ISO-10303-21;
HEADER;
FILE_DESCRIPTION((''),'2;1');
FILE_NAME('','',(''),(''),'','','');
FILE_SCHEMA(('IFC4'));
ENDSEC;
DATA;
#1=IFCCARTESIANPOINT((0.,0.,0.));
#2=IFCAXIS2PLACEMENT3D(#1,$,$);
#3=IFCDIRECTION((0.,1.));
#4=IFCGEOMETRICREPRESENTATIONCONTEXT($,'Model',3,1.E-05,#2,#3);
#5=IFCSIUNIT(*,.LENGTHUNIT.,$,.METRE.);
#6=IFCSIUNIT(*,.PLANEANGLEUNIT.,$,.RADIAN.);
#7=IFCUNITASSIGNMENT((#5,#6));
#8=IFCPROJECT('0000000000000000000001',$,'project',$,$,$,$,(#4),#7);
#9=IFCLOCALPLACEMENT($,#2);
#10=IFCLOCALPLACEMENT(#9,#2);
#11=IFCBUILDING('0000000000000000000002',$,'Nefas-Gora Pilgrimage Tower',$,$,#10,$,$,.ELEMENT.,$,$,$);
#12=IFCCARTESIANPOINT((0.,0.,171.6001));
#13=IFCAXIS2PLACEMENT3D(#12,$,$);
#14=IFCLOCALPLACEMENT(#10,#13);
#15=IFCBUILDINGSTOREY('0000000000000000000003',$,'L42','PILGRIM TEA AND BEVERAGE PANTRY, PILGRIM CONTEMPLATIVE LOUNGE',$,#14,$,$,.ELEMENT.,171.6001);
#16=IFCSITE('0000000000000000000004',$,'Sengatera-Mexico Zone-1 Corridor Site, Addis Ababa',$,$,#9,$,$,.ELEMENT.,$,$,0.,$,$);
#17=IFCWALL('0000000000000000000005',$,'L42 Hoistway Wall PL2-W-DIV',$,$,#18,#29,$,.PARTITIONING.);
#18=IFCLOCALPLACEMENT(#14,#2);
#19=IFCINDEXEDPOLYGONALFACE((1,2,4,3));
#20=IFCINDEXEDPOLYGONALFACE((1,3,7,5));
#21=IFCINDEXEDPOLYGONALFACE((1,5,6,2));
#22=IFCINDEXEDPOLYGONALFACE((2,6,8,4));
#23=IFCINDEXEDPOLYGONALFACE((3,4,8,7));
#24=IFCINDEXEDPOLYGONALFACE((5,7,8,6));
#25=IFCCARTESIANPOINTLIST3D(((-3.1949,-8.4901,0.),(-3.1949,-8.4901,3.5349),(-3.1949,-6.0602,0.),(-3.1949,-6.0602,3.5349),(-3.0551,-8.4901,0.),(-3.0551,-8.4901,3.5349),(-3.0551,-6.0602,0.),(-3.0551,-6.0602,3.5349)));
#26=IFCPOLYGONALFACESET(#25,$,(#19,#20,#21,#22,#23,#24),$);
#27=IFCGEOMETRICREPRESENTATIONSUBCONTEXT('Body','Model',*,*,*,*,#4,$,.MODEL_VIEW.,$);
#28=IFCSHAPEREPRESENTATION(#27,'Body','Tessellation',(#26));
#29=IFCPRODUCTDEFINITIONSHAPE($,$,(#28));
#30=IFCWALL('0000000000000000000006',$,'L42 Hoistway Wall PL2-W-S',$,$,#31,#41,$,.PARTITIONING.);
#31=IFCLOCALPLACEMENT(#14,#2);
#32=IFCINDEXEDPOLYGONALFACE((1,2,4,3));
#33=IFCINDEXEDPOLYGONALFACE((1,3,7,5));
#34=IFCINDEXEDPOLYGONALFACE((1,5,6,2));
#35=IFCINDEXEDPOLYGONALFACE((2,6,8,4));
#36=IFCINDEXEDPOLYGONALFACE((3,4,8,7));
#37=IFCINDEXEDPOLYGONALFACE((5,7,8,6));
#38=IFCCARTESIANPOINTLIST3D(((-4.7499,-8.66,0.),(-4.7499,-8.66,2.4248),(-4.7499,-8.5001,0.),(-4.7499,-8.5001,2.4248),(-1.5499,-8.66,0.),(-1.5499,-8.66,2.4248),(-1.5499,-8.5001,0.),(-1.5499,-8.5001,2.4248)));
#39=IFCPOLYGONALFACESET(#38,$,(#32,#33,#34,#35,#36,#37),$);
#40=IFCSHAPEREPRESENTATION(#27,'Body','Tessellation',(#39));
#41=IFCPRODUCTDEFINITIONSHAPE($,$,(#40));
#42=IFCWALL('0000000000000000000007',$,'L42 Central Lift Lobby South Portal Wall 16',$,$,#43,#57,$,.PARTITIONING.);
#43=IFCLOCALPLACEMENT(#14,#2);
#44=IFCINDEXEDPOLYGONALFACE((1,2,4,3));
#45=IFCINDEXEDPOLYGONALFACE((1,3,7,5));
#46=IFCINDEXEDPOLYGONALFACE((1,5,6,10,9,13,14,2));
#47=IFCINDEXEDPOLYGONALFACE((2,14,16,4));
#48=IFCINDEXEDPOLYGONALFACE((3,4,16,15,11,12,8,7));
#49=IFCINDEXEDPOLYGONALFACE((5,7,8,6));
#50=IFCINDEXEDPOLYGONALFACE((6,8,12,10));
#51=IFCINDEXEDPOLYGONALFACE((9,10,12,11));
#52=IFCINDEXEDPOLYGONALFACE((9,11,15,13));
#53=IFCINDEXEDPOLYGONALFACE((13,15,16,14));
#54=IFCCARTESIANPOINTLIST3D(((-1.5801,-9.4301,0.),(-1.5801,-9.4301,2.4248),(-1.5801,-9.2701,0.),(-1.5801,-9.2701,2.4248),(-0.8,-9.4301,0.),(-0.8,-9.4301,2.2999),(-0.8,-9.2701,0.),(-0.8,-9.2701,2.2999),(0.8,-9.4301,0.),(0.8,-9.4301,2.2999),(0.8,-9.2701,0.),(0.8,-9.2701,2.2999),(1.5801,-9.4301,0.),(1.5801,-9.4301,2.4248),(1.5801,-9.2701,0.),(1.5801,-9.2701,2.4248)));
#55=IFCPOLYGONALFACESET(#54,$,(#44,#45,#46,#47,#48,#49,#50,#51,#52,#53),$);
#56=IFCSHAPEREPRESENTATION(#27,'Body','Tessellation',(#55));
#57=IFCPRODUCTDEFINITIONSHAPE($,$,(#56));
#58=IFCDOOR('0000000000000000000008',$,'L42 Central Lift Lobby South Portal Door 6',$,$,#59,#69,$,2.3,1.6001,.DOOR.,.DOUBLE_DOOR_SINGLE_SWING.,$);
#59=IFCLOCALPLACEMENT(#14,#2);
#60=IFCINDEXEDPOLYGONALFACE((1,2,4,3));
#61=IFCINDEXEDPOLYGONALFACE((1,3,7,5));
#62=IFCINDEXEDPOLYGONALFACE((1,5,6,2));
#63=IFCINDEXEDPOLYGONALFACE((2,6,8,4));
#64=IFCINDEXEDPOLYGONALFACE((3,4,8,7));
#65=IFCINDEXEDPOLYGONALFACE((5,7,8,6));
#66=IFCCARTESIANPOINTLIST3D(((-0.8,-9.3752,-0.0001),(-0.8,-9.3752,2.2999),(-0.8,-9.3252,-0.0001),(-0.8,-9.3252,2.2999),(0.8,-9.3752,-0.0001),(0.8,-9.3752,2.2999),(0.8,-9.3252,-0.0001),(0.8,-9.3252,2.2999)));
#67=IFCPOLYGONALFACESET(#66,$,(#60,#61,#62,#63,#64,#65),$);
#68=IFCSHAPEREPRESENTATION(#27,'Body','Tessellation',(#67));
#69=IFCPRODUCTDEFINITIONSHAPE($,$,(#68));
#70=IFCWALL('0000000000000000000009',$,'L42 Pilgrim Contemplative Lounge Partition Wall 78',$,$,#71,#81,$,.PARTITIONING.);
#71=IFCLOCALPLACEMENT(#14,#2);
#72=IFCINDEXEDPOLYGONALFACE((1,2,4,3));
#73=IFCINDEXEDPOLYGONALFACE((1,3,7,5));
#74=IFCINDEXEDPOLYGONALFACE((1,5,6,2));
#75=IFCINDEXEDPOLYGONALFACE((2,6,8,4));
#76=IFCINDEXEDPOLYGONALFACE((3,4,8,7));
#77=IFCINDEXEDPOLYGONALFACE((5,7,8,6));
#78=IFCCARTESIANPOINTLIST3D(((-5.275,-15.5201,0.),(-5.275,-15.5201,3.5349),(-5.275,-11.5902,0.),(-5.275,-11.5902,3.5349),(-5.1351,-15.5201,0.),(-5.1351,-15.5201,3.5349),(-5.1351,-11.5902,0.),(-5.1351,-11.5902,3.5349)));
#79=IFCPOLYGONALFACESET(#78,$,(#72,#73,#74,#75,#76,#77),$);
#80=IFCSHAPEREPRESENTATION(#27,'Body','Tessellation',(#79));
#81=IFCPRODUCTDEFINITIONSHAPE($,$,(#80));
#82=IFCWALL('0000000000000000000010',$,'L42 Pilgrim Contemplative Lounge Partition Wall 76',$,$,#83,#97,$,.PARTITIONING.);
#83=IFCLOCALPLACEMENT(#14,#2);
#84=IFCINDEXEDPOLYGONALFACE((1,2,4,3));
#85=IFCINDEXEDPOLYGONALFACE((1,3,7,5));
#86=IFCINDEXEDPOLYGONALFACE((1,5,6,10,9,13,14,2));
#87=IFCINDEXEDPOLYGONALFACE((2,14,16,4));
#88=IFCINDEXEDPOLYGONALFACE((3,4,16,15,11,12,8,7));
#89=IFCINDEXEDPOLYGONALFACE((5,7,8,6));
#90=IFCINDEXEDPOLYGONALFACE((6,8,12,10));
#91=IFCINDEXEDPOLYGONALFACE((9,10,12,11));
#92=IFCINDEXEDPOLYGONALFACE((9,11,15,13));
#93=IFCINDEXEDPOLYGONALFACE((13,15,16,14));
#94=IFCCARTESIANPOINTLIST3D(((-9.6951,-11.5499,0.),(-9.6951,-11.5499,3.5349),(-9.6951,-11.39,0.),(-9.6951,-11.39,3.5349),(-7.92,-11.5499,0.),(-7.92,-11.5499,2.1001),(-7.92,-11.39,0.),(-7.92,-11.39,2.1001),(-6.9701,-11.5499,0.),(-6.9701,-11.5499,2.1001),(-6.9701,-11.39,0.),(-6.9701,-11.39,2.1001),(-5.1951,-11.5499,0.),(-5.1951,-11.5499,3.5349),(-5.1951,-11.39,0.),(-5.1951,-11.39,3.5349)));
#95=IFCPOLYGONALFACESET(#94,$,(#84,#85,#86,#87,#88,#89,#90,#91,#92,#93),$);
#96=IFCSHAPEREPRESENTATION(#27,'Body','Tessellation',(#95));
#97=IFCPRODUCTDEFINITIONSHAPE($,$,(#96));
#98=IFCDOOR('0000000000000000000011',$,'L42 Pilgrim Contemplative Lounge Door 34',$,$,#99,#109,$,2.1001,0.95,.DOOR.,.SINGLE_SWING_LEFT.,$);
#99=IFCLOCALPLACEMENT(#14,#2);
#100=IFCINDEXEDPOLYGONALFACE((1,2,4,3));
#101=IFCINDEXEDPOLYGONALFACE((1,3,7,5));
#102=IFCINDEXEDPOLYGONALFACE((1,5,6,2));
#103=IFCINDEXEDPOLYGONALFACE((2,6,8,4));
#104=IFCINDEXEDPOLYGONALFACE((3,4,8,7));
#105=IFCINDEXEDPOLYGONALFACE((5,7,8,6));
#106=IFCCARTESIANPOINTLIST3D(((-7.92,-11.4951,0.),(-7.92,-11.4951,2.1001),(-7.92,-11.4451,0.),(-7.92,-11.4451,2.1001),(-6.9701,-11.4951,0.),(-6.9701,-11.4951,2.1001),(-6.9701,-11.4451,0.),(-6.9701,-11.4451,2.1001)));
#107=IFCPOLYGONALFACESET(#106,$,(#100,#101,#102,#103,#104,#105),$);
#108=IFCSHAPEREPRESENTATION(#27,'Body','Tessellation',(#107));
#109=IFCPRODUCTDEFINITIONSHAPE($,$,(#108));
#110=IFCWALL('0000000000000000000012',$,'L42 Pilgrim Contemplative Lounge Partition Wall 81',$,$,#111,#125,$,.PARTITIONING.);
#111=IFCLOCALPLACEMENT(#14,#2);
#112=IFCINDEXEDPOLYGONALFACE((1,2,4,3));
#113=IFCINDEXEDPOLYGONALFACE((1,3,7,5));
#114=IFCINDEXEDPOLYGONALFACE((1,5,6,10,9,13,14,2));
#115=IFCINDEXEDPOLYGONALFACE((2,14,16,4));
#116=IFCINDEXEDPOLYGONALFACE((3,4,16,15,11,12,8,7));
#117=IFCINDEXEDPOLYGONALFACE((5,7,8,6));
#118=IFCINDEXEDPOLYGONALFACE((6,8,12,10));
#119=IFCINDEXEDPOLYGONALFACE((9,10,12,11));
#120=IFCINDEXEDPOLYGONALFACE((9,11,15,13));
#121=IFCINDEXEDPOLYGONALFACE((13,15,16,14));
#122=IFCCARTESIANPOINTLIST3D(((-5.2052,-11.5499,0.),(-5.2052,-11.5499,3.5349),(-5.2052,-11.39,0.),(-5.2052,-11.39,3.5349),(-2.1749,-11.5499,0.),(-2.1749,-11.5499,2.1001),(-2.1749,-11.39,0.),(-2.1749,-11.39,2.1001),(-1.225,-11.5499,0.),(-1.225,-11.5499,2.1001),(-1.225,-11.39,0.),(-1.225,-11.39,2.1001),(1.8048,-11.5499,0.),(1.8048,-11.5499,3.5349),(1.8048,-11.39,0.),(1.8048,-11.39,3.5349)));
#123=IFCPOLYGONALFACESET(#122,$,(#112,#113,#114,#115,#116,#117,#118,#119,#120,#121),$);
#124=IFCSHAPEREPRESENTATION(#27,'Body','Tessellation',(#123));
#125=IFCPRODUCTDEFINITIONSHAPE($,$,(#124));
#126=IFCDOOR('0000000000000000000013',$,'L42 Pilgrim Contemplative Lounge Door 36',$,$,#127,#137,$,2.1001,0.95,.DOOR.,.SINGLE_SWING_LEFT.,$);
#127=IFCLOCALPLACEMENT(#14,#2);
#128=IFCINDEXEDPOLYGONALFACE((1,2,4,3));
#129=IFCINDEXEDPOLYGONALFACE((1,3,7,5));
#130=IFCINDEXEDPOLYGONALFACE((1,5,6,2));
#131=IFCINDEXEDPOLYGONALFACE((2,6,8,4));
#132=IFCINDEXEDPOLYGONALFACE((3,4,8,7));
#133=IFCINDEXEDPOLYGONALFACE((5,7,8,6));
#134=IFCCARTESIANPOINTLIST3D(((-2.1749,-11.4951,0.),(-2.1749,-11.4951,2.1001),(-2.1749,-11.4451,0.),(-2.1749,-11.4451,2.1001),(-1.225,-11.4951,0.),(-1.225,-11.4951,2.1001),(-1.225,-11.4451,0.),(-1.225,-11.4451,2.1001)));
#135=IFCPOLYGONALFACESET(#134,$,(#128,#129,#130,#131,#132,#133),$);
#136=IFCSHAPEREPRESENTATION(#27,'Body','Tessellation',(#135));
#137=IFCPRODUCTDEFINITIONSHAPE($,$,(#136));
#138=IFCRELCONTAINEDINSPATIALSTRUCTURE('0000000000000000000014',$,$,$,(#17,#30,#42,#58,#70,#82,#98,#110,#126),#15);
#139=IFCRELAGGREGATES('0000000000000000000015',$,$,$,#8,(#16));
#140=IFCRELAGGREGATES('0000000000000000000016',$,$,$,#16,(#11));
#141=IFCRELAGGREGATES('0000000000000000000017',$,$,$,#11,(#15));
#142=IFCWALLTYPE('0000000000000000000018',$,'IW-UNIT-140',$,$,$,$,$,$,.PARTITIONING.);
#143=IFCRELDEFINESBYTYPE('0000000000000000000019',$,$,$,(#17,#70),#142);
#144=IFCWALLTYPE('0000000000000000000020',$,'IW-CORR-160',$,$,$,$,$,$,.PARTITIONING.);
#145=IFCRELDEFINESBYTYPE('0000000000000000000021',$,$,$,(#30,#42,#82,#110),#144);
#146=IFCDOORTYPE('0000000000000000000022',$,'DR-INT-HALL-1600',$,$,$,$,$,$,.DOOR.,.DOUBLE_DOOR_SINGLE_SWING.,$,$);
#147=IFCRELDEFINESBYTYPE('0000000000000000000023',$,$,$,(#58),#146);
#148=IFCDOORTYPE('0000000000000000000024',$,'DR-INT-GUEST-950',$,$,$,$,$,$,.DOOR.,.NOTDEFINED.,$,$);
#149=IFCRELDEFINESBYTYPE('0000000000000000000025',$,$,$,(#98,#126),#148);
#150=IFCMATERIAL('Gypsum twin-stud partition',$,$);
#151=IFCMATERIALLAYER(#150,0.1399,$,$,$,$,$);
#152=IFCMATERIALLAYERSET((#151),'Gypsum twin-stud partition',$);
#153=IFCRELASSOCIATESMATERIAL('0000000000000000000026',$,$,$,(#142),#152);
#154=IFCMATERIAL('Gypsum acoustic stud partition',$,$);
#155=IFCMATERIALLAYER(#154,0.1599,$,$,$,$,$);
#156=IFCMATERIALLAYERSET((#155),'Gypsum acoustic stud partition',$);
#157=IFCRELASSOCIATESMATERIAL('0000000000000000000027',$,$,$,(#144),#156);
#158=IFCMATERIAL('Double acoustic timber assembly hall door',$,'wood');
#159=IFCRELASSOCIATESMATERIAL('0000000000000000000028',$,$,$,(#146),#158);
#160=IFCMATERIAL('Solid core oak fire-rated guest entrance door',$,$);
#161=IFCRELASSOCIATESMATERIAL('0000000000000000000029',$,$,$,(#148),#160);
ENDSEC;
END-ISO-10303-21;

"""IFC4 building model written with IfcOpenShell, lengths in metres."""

from ifc_helpers import new_model, si_unit, direction, frame, frame_2d, origin, place, context, subcontext, project, spatial, rectangle, extrude, source, transform, mapped, material, layer, layer_set, type_object, element, fill, save


model = new_model("IFC4")

# Units and contexts
model_context = context("Model", 3, precision=1e-05, world=origin(), true_north=direction((0.0, 1.0)))
body_context = subcontext(model_context, "Body", "Model", "MODEL_VIEW")
ifc_project = project(units=[si_unit("LENGTHUNIT", "METRE"), si_unit("PLANEANGLEUNIT", "RADIAN")], contexts=[model_context])

# Site, building, storey
site_placement = place(None, origin())
site = spatial("IfcSite", under=ifc_project, at=site_placement, Name="Sengatera-Mexico Zone-1 Corridor Site, Addis Ababa", CompositionType="ELEMENT", RefElevation=0.0)
building_placement = place(site_placement, origin())
building = spatial("IfcBuilding", under=site, at=building_placement, Name="Nefas-Gora Pilgrimage Tower", CompositionType="ELEMENT")
storey_placement = place(building_placement, frame((0.0, 0.0, 171.6001)))
storey = spatial("IfcBuildingStorey", under=building, at=storey_placement, Name="L42", Description="PILGRIM TEA AND BEVERAGE PANTRY, PILGRIM CONTEMPLATIVE LOUNGE", CompositionType="ELEMENT", Elevation=171.6001)

# Walls
ifc_material_1 = material(Name="Gypsum twin-stud partition")
ifc_layer_1 = layer(ifc_material_1, 0.1399)
ifc_layer_set_1 = layer_set([ifc_layer_1], Name="Gypsum twin-stud partition")
wall_type_1 = type_object("IfcWallType", Name="IW-UNIT-140", PredefinedType="PARTITIONING", material=ifc_layer_set_1)
shared_shape_1 = source(origin(), body_context, "Body", "SweptSolid", [
    extrude(rectangle(XDim=2.4299, YDim=0.1399, at=frame_2d((1.2148, 0.0))), origin(), (0.0, 0.0, 1.0), 3.5349),
])
wall_1_placement = place(storey_placement, frame((-3.125, -8.49, 0.0), z_axis=(0.0, 0.0, 1.0), x_axis=(0.0, 1.0, 0.0)))
element("IfcWall", 1, at=wall_1_placement, inside=storey, type_object=wall_type_1, Name="L42 Hoistway Wall PL2-W-DIV", PredefinedType="PARTITIONING", context=body_context, shape_type="MappedRepresentation", body=[
    mapped(shared_shape_1, transform((0.0, 0.0, 0.0), x_axis=(1.0, 0.0, 0.0), y_axis=(0.0, 1.0, 0.0), z_axis=(0.0, 0.0, 1.0), scale=1.0)),
])
ifc_material_2 = material(Name="Gypsum acoustic stud partition")
ifc_layer_2 = layer(ifc_material_2, 0.1599)
ifc_layer_set_2 = layer_set([ifc_layer_2], Name="Gypsum acoustic stud partition")
wall_type_2 = type_object("IfcWallType", Name="IW-CORR-160", PredefinedType="PARTITIONING", material=ifc_layer_set_2)
shared_shape_2 = source(origin(), body_context, "Body", "SweptSolid", [
    extrude(rectangle(XDim=3.2, YDim=0.1599, at=frame_2d((1.6001, 0.0))), origin(), (0.0, 0.0, 1.0), 2.4248),
])
wall_2_placement = place(storey_placement, frame((-4.75, -8.5801, 0.0), z_axis=(0.0, 0.0, 1.0), x_axis=(1.0, 0.0, 0.0)))
element("IfcWall", 2, at=wall_2_placement, inside=storey, type_object=wall_type_2, Name="L42 Hoistway Wall PL2-W-S", PredefinedType="PARTITIONING", context=body_context, shape_type="MappedRepresentation", body=[
    mapped(shared_shape_2, transform((0.0, 0.0, 0.0), x_axis=(1.0, 0.0, 0.0), y_axis=(0.0, 1.0, 0.0), z_axis=(0.0, 0.0, 1.0), scale=1.0)),
])

# Wall, opening, door
shared_shape_3 = source(origin(), body_context, "Body", "SweptSolid", [
    extrude(rectangle(XDim=3.1602, YDim=0.1599, at=frame_2d((1.5801, 0.0))), origin(), (0.0, 0.0, 1.0), 2.4248),
])
wall_3_placement = place(storey_placement, frame((-1.5801, -9.3501, 0.0), z_axis=(0.0, 0.0, 1.0), x_axis=(1.0, 0.0, 0.0)))
wall_3 = element("IfcWall", 3, at=wall_3_placement, inside=storey, type_object=wall_type_2, Name="L42 Central Lift Lobby South Portal Wall 16", PredefinedType="PARTITIONING", context=body_context, shape_type="MappedRepresentation", body=[
    mapped(shared_shape_3, transform((0.0, 0.0, 0.0), x_axis=(1.0, 0.0, 0.0), y_axis=(0.0, 1.0, 0.0), z_axis=(0.0, 0.0, 1.0), scale=1.0)),
])
opening_1_placement = place(wall_3_placement, frame((0.78, 0.0, 0.0)))
opening_1 = element("IfcOpeningElement", 4, at=opening_1_placement, cuts=wall_3, PredefinedType="OPENING", context=body_context, shape_type="SweptSolid", body=[
    extrude(rectangle(XDim=1.6001, YDim=2.3, at=frame_2d((0.8, 1.1499))), frame((0.0, 0.0898, 0.0), z_axis=(0.0, -1.0, 0.0), x_axis=(1.0, 0.0, 0.0)), (0.0, 0.0, 1.0), 0.1799),
])
ifc_material_3 = material(Name="Double acoustic timber assembly hall door", Category="wood")
door_type_1 = type_object("IfcDoorType", Name="DR-INT-HALL-1600", OperationType="DOUBLE_DOOR_SINGLE_SWING", PredefinedType="DOOR", material=ifc_material_3)
shared_shape_4 = source(origin(), body_context, "Body", "SweptSolid", [
    extrude(rectangle(XDim=1.6001, YDim=2.3, at=frame_2d((0.8, 1.1499))), frame((0.0, 0.0249, 0.0), z_axis=(0.0, -1.0, 0.0), x_axis=(1.0, 0.0, 0.0)), (0.0, 0.0, 1.0), 0.05),
])
door_1_placement = place(opening_1_placement, origin())
door_1 = element("IfcDoor", 5, at=door_1_placement, inside=storey, type_object=door_type_1, Name="L42 Central Lift Lobby South Portal Door 6", OperationType="DOUBLE_DOOR_SINGLE_SWING", OverallHeight=2.3, OverallWidth=1.6001, PredefinedType="DOOR", context=body_context, shape_type="MappedRepresentation", body=[
    mapped(shared_shape_4, transform((0.0, 0.0, 0.0), x_axis=(1.0, 0.0, 0.0), y_axis=(0.0, 1.0, 0.0), z_axis=(0.0, 0.0, 1.0), scale=1.0)),
])
fill(opening_1, door_1)

# Wall
shared_shape_5 = source(origin(), body_context, "Body", "SweptSolid", [
    extrude(rectangle(XDim=3.9299, YDim=0.1399, at=frame_2d((1.9648, 0.0))), origin(), (0.0, 0.0, 1.0), 3.5349),
])
wall_4_placement = place(storey_placement, frame((-5.2051, -15.52, 0.0), z_axis=(0.0, 0.0, 1.0), x_axis=(0.0, 1.0, 0.0)))
element("IfcWall", 6, at=wall_4_placement, inside=storey, type_object=wall_type_1, Name="L42 Pilgrim Contemplative Lounge Partition Wall 78", PredefinedType="PARTITIONING", context=body_context, shape_type="MappedRepresentation", body=[
    mapped(shared_shape_5, transform((0.0, 0.0, 0.0), x_axis=(1.0, 0.0, 0.0), y_axis=(0.0, 1.0, 0.0), z_axis=(0.0, 0.0, 1.0), scale=1.0)),
])

# Walls, openings, doors
shared_shape_6 = source(origin(), body_context, "Body", "SweptSolid", [
    extrude(rectangle(XDim=4.5, YDim=0.1599, at=frame_2d((2.25, 0.0))), origin(), (0.0, 0.0, 1.0), 3.5349),
])
wall_5_placement = place(storey_placement, frame((-9.6951, -11.47, 0.0), z_axis=(0.0, 0.0, 1.0), x_axis=(1.0, 0.0, 0.0)))
wall_5 = element("IfcWall", 7, at=wall_5_placement, inside=storey, type_object=wall_type_2, Name="L42 Pilgrim Contemplative Lounge Partition Wall 76", PredefinedType="PARTITIONING", context=body_context, shape_type="MappedRepresentation", body=[
    mapped(shared_shape_6, transform((0.0, 0.0, 0.0), x_axis=(1.0, 0.0, 0.0), y_axis=(0.0, 1.0, 0.0), z_axis=(0.0, 0.0, 1.0), scale=1.0)),
])
opening_2_placement = place(wall_5_placement, frame((1.7749, 0.0, 0.0)))
opening_2 = element("IfcOpeningElement", 8, at=opening_2_placement, cuts=wall_5, PredefinedType="OPENING", context=body_context, shape_type="SweptSolid", body=[
    extrude(rectangle(XDim=0.95, YDim=2.1001, at=frame_2d((0.4751, 1.05))), frame((0.0, 0.0898, 0.0), z_axis=(0.0, -1.0, 0.0), x_axis=(1.0, 0.0, 0.0)), (0.0, 0.0, 1.0), 0.1799),
])
ifc_material_4 = material(Name="Solid core oak fire-rated guest entrance door")
door_type_2 = type_object("IfcDoorType", Name="DR-INT-GUEST-950", OperationType="NOTDEFINED", PredefinedType="DOOR", material=ifc_material_4)
shared_shape_7 = source(origin(), body_context, "Body", "SweptSolid", [
    extrude(rectangle(XDim=0.95, YDim=2.1001, at=frame_2d((0.4751, 1.05))), frame((0.0, 0.0249, 0.0), z_axis=(0.0, -1.0, 0.0), x_axis=(1.0, 0.0, 0.0)), (0.0, 0.0, 1.0), 0.05),
])
door_2_placement = place(opening_2_placement, origin())
door_2 = element("IfcDoor", 9, at=door_2_placement, inside=storey, type_object=door_type_2, Name="L42 Pilgrim Contemplative Lounge Door 34", OperationType="SINGLE_SWING_LEFT", OverallHeight=2.1001, OverallWidth=0.95, PredefinedType="DOOR", context=body_context, shape_type="MappedRepresentation", body=[
    mapped(shared_shape_7, transform((0.0, 0.0, 0.0), x_axis=(1.0, 0.0, 0.0), y_axis=(0.0, 1.0, 0.0), z_axis=(0.0, 0.0, 1.0), scale=1.0)),
])
fill(opening_2, door_2)
shared_shape_8 = source(origin(), body_context, "Body", "SweptSolid", [
    extrude(rectangle(XDim=7.01, YDim=0.1599, at=frame_2d((3.5049, 0.0))), origin(), (0.0, 0.0, 1.0), 3.5349),
])
wall_6_placement = place(storey_placement, frame((-5.2051, -11.47, 0.0), z_axis=(0.0, 0.0, 1.0), x_axis=(1.0, 0.0, 0.0)))
wall_6 = element("IfcWall", 10, at=wall_6_placement, inside=storey, type_object=wall_type_2, Name="L42 Pilgrim Contemplative Lounge Partition Wall 81", PredefinedType="PARTITIONING", context=body_context, shape_type="MappedRepresentation", body=[
    mapped(shared_shape_8, transform((0.0, 0.0, 0.0), x_axis=(1.0, 0.0, 0.0), y_axis=(0.0, 1.0, 0.0), z_axis=(0.0, 0.0, 1.0), scale=1.0)),
])
opening_3_placement = place(wall_6_placement, frame((3.03, 0.0, 0.0)))
opening_3 = element("IfcOpeningElement", 11, at=opening_3_placement, cuts=wall_6, PredefinedType="OPENING", context=body_context, shape_type="SweptSolid", body=[
    extrude(rectangle(XDim=0.95, YDim=2.1001, at=frame_2d((0.4751, 1.05))), frame((0.0, 0.0898, 0.0), z_axis=(0.0, -1.0, 0.0), x_axis=(1.0, 0.0, 0.0)), (0.0, 0.0, 1.0), 0.1799),
])
door_3_placement = place(opening_3_placement, origin())
door_3 = element("IfcDoor", 12, at=door_3_placement, inside=storey, type_object=door_type_2, Name="L42 Pilgrim Contemplative Lounge Door 36", OperationType="SINGLE_SWING_LEFT", OverallHeight=2.1001, OverallWidth=0.95, PredefinedType="DOOR", context=body_context, shape_type="MappedRepresentation", body=[
    mapped(shared_shape_7, transform((0.0, 0.0, 0.0), x_axis=(1.0, 0.0, 0.0), y_axis=(0.0, 1.0, 0.0), z_axis=(0.0, 0.0, 1.0), scale=1.0)),
])
fill(opening_3, door_3)

save(model, "model.ifc")
